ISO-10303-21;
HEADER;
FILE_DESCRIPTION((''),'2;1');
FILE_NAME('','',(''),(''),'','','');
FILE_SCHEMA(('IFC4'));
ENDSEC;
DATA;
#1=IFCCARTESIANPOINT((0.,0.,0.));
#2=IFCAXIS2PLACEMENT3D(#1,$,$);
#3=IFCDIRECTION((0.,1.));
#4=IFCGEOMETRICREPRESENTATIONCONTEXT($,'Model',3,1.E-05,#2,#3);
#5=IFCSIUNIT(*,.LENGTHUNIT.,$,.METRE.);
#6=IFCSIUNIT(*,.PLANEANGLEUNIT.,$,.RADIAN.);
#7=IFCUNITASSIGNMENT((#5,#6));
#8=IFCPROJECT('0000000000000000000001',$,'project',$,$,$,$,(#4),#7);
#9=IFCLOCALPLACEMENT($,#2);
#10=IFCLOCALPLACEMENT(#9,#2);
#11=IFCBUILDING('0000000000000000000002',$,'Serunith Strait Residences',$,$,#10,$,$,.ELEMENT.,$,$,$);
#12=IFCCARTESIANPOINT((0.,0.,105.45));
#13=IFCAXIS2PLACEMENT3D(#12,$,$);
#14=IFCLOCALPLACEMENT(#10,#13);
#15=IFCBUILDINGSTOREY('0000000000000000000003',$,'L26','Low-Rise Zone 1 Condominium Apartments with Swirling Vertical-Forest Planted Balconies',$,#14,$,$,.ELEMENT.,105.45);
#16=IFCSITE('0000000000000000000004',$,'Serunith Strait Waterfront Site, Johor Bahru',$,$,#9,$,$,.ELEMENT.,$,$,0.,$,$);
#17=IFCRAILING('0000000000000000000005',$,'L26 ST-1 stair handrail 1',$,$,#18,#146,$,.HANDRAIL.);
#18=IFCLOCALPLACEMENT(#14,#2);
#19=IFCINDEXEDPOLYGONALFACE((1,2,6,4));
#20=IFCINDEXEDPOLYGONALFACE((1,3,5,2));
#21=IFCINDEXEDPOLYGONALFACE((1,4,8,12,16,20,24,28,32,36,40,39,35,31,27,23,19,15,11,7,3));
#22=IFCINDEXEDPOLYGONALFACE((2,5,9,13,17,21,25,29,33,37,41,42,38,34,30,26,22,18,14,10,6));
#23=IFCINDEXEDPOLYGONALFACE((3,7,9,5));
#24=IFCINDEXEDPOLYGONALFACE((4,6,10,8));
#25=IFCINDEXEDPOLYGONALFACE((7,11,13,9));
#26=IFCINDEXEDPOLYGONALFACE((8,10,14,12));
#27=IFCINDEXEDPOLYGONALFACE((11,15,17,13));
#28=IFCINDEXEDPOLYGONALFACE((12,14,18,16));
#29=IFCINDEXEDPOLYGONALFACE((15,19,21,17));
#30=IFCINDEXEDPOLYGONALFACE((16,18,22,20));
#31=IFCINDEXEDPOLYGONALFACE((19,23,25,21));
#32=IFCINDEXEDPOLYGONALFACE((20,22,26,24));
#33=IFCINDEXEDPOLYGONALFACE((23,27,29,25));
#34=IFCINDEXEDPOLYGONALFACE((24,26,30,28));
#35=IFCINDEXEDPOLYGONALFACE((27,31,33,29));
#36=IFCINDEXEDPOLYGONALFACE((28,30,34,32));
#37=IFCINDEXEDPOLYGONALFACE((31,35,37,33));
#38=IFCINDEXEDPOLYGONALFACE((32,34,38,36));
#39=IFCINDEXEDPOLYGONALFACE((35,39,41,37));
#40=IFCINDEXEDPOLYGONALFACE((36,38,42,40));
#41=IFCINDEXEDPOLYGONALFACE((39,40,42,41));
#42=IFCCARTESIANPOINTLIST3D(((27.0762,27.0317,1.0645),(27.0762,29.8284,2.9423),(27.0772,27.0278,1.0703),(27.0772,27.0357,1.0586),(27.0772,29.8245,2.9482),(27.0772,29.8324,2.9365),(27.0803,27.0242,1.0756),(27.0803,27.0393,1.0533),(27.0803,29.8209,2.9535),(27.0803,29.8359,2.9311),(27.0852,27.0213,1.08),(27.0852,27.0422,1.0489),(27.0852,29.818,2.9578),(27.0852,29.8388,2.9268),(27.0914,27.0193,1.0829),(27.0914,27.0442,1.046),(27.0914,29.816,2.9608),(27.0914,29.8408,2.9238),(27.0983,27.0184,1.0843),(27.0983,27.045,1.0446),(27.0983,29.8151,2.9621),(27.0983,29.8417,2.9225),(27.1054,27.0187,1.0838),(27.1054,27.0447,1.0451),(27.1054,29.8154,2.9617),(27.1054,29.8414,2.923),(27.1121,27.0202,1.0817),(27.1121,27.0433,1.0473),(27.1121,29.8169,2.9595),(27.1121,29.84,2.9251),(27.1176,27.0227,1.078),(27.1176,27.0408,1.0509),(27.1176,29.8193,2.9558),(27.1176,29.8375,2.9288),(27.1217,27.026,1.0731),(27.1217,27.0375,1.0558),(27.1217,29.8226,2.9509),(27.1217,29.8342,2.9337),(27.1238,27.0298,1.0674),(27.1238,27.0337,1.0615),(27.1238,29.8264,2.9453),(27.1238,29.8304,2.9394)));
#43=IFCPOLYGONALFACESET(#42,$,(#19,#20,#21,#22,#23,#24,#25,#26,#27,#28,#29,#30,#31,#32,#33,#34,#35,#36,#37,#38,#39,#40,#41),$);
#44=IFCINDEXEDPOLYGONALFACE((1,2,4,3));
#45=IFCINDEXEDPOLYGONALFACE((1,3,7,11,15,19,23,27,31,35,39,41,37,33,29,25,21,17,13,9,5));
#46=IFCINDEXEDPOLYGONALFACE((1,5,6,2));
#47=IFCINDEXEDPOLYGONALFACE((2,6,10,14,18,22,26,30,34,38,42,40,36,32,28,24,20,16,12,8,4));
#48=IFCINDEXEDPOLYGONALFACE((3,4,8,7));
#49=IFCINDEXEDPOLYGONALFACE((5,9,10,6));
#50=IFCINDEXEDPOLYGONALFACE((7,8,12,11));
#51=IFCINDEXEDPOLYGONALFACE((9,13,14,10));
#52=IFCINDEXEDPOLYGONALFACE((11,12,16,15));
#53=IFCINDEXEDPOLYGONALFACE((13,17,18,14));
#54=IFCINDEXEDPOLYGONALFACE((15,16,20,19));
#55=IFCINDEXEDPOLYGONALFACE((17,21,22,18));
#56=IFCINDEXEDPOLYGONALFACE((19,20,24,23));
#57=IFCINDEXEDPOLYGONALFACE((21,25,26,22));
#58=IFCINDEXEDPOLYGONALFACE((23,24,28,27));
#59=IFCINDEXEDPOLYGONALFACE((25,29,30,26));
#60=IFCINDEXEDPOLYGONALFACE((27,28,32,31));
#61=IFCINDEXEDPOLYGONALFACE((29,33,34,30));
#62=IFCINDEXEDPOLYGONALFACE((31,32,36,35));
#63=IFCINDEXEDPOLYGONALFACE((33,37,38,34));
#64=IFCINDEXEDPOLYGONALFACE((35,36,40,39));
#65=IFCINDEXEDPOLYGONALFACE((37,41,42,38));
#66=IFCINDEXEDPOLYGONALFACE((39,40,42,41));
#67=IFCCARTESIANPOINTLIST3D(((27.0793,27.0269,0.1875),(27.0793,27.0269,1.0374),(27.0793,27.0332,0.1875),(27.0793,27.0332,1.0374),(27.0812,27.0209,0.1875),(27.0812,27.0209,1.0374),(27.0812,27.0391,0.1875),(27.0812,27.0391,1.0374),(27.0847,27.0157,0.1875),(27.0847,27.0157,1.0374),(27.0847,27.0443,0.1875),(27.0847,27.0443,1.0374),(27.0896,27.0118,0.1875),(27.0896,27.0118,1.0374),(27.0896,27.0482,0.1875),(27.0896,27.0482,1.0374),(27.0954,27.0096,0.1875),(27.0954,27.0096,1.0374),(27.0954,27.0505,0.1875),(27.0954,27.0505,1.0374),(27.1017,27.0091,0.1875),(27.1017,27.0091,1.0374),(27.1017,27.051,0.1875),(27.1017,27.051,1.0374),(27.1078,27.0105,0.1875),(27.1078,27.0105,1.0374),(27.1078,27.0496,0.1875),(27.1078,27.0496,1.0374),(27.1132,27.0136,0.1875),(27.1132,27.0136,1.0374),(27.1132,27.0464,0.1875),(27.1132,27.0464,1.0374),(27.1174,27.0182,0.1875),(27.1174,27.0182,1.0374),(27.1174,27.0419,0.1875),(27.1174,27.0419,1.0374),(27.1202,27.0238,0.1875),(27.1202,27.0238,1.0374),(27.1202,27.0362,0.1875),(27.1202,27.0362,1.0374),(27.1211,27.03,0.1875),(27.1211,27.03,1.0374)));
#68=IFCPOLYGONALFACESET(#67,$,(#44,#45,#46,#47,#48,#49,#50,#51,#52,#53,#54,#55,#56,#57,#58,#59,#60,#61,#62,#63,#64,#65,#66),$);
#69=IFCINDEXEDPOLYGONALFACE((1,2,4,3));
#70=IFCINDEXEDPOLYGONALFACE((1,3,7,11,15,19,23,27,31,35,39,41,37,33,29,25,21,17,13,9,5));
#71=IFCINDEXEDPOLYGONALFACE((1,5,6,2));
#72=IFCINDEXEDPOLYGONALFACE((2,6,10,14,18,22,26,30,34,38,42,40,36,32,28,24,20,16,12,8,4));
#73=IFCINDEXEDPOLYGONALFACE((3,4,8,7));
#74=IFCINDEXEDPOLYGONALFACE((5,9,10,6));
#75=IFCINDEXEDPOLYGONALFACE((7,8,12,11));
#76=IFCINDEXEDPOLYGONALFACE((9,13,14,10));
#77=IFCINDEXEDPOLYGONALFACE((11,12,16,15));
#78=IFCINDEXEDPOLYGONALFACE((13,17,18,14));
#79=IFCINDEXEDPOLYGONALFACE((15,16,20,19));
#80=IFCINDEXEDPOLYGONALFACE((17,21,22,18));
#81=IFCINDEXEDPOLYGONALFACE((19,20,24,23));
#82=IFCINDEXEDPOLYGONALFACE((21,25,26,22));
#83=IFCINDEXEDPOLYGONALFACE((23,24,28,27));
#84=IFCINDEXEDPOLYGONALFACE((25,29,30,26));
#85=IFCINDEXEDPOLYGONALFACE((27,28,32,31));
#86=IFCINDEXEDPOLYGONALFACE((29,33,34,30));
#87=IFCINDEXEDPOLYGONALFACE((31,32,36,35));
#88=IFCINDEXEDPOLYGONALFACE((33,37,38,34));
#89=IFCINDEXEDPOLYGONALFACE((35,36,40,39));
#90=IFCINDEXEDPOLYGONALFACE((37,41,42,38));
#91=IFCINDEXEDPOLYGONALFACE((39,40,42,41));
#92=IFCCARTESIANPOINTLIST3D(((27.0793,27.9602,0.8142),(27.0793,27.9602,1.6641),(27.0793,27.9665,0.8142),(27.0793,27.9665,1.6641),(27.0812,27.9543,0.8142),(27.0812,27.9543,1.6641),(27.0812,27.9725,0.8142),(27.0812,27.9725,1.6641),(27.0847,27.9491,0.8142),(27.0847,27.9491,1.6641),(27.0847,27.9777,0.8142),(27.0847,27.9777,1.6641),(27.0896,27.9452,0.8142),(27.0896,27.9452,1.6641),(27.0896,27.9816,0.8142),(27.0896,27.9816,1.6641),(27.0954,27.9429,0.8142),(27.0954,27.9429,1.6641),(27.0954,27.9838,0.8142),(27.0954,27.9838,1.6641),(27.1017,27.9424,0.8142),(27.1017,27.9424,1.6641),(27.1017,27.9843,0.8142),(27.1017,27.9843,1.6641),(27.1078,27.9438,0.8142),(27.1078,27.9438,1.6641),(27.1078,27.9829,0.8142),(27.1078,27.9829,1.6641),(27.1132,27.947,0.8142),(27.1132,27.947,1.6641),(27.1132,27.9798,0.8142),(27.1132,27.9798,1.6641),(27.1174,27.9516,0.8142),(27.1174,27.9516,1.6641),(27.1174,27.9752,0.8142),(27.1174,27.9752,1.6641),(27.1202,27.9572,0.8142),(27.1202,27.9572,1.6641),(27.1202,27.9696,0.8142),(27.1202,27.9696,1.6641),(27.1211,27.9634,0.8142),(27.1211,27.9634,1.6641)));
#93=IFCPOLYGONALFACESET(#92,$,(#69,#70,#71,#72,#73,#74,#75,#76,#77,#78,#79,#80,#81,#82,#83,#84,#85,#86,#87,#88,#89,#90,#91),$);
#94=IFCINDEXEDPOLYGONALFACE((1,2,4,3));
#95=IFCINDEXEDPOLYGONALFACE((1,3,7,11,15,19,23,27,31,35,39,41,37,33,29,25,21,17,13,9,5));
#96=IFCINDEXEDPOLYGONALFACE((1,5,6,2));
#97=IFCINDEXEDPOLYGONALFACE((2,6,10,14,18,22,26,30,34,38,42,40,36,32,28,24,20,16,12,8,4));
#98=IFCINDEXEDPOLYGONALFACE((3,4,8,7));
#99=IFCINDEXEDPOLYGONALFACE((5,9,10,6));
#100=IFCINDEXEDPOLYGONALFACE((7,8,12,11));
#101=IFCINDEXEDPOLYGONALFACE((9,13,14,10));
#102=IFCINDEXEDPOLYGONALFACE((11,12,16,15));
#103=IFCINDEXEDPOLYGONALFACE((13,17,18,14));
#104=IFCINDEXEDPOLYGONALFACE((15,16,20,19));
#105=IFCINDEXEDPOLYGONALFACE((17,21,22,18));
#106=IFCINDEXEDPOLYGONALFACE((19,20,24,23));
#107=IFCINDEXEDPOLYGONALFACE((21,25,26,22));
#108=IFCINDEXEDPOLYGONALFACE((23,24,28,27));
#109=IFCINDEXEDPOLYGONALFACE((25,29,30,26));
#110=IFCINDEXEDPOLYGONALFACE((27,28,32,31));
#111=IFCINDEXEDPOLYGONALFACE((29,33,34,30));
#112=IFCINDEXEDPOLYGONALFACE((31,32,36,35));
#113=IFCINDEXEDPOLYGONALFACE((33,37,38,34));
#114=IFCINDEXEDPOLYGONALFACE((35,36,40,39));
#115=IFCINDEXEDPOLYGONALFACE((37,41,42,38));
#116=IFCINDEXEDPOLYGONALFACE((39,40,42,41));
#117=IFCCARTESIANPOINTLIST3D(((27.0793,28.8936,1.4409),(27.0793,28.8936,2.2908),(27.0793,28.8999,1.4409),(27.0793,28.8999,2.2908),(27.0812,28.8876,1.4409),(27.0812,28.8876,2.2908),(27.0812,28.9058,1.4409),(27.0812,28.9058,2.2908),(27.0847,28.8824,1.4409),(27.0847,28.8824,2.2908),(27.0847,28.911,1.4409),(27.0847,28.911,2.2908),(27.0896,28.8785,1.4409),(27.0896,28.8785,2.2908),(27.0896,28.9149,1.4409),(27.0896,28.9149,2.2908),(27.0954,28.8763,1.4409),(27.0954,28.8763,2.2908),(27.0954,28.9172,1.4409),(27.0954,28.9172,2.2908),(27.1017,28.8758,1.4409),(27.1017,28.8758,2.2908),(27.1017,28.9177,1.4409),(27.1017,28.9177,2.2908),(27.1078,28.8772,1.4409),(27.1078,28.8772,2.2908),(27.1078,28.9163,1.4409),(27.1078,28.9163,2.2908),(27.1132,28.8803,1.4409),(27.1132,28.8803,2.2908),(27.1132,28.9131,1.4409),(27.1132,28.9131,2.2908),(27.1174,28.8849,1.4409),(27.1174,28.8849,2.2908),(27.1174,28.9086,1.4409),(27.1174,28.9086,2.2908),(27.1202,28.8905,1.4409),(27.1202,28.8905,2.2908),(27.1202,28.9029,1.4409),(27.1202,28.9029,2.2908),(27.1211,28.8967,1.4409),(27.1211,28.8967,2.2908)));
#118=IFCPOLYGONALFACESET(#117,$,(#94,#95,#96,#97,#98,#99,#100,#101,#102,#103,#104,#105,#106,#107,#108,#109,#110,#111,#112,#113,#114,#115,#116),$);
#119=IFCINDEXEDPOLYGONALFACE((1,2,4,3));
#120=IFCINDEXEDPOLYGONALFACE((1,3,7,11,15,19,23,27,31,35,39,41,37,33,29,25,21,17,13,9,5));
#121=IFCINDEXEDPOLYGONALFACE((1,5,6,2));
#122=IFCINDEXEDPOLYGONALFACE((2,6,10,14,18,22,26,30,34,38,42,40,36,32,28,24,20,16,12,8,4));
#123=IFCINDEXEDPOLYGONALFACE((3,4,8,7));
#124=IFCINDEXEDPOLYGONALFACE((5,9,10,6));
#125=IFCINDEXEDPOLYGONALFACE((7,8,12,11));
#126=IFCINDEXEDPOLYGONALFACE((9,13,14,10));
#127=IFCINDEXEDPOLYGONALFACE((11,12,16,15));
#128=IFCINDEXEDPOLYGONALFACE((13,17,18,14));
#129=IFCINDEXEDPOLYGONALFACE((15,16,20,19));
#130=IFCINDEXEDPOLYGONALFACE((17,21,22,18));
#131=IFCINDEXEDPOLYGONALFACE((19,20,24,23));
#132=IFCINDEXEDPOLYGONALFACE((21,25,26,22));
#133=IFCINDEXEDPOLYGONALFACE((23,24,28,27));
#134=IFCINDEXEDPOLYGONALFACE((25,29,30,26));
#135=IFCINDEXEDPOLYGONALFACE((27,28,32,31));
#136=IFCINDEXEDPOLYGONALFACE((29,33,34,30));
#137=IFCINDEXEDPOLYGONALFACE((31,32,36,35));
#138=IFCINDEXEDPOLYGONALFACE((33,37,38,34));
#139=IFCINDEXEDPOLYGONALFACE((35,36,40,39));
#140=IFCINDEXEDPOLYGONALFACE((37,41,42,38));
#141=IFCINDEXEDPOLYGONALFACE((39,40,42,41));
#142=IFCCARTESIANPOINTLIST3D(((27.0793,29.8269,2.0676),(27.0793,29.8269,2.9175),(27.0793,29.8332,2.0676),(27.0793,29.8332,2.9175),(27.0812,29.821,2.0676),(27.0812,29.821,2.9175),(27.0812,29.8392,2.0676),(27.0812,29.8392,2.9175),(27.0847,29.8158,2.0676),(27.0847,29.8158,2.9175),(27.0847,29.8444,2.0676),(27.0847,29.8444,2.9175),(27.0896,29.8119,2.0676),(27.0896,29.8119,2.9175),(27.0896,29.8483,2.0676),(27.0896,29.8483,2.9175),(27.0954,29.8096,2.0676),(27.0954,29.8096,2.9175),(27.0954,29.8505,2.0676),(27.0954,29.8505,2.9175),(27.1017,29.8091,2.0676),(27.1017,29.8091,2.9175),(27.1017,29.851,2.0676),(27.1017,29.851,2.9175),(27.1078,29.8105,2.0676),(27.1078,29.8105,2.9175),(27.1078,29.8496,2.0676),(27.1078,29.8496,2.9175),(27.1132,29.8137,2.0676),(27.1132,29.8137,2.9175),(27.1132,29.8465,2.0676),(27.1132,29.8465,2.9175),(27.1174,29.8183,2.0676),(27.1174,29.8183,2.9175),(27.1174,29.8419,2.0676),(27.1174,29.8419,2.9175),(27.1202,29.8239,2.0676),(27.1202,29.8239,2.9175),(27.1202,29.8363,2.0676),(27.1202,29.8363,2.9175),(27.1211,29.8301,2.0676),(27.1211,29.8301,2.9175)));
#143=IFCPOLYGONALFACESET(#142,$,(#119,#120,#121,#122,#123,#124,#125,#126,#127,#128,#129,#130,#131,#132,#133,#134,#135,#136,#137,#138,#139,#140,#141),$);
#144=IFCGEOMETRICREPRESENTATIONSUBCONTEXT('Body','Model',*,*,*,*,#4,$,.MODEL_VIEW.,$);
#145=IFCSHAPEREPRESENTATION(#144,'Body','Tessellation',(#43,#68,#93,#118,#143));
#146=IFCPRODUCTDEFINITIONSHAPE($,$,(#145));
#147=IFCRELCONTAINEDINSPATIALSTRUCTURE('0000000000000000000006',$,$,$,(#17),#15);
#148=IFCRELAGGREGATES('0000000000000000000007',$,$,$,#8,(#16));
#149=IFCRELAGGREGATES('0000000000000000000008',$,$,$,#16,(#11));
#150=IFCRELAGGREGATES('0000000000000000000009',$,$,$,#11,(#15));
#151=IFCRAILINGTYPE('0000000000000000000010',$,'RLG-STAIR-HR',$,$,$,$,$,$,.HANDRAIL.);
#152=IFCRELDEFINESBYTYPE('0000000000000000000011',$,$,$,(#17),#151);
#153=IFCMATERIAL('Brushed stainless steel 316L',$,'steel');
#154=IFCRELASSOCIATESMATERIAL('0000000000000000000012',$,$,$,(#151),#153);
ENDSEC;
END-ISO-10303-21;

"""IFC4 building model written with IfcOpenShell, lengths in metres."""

from ifc_helpers import new_model, si_unit, direction, frame, origin, origin_2d, place, context, subcontext, project, spatial, circle, extrude, material, type_object, element, save


model = new_model("IFC4")

# Units and contexts
model_context = context("Model", 3, precision=1e-05, world=origin(), true_north=direction((0.0, 1.0)))
body_context = subcontext(model_context, "Body", "Model", "MODEL_VIEW")
ifc_project = project(units=[si_unit("LENGTHUNIT", "METRE"), si_unit("PLANEANGLEUNIT", "RADIAN")], contexts=[model_context])

# Site, building, storey
site_placement = place(None, origin())
site = spatial("IfcSite", under=ifc_project, at=site_placement, Name="Serunith Strait Waterfront Site, Johor Bahru", CompositionType="ELEMENT", RefElevation=0.0)
building_placement = place(site_placement, origin())
building = spatial("IfcBuilding", under=site, at=building_placement, Name="Serunith Strait Residences", CompositionType="ELEMENT")
storey_placement = place(building_placement, frame((0.0, 0.0, 105.45)))
storey = spatial("IfcBuildingStorey", under=building, at=storey_placement, Name="L26", Description="Low-Rise Zone 1 Condominium Apartments with Swirling Vertical-Forest Planted Balconies", CompositionType="ELEMENT", Elevation=105.45)

# Railing
ifc_material_1 = material(Name="Brushed stainless steel 316L", Category="steel")
railing_type_1 = type_object("IfcRailingType", Name="RLG-STAIR-HR", PredefinedType="HANDRAIL", material=ifc_material_1)
railing_1_placement = place(storey_placement, frame((27.1001, 27.03, 0.1875)))
element("IfcRailing", 1, at=railing_1_placement, inside=storey, type_object=railing_type_1, Name="L26 ST-1 stair handrail 1", PredefinedType="HANDRAIL", context=body_context, shape_type="SweptSolid", body=[
    extrude(circle(Radius=0.0239, at=origin_2d()), frame((0.0, 0.0017, 0.877), z_axis=(0.0, 0.830208, 0.557453), x_axis=(-1.0, 0.0, 0.0)), (0.0, 0.0, 1.0), 3.3687),
    extrude(circle(Radius=0.021, at=origin_2d()), origin(), (0.0, 0.0, 1.0), 0.8499),
    extrude(circle(Radius=0.021, at=origin_2d()), frame((0.0, 0.9333, 0.6267)), (0.0, 0.0, 1.0), 0.8499),
    extrude(circle(Radius=0.021, at=origin_2d()), frame((0.0, 1.8667, 1.2534)), (0.0, 0.0, 1.0), 0.8499),
    extrude(circle(Radius=0.021, at=origin_2d()), frame((0.0, 2.8, 1.8801)), (0.0, 0.0, 1.0), 0.8499),
])

save(model, "model.ifc")
